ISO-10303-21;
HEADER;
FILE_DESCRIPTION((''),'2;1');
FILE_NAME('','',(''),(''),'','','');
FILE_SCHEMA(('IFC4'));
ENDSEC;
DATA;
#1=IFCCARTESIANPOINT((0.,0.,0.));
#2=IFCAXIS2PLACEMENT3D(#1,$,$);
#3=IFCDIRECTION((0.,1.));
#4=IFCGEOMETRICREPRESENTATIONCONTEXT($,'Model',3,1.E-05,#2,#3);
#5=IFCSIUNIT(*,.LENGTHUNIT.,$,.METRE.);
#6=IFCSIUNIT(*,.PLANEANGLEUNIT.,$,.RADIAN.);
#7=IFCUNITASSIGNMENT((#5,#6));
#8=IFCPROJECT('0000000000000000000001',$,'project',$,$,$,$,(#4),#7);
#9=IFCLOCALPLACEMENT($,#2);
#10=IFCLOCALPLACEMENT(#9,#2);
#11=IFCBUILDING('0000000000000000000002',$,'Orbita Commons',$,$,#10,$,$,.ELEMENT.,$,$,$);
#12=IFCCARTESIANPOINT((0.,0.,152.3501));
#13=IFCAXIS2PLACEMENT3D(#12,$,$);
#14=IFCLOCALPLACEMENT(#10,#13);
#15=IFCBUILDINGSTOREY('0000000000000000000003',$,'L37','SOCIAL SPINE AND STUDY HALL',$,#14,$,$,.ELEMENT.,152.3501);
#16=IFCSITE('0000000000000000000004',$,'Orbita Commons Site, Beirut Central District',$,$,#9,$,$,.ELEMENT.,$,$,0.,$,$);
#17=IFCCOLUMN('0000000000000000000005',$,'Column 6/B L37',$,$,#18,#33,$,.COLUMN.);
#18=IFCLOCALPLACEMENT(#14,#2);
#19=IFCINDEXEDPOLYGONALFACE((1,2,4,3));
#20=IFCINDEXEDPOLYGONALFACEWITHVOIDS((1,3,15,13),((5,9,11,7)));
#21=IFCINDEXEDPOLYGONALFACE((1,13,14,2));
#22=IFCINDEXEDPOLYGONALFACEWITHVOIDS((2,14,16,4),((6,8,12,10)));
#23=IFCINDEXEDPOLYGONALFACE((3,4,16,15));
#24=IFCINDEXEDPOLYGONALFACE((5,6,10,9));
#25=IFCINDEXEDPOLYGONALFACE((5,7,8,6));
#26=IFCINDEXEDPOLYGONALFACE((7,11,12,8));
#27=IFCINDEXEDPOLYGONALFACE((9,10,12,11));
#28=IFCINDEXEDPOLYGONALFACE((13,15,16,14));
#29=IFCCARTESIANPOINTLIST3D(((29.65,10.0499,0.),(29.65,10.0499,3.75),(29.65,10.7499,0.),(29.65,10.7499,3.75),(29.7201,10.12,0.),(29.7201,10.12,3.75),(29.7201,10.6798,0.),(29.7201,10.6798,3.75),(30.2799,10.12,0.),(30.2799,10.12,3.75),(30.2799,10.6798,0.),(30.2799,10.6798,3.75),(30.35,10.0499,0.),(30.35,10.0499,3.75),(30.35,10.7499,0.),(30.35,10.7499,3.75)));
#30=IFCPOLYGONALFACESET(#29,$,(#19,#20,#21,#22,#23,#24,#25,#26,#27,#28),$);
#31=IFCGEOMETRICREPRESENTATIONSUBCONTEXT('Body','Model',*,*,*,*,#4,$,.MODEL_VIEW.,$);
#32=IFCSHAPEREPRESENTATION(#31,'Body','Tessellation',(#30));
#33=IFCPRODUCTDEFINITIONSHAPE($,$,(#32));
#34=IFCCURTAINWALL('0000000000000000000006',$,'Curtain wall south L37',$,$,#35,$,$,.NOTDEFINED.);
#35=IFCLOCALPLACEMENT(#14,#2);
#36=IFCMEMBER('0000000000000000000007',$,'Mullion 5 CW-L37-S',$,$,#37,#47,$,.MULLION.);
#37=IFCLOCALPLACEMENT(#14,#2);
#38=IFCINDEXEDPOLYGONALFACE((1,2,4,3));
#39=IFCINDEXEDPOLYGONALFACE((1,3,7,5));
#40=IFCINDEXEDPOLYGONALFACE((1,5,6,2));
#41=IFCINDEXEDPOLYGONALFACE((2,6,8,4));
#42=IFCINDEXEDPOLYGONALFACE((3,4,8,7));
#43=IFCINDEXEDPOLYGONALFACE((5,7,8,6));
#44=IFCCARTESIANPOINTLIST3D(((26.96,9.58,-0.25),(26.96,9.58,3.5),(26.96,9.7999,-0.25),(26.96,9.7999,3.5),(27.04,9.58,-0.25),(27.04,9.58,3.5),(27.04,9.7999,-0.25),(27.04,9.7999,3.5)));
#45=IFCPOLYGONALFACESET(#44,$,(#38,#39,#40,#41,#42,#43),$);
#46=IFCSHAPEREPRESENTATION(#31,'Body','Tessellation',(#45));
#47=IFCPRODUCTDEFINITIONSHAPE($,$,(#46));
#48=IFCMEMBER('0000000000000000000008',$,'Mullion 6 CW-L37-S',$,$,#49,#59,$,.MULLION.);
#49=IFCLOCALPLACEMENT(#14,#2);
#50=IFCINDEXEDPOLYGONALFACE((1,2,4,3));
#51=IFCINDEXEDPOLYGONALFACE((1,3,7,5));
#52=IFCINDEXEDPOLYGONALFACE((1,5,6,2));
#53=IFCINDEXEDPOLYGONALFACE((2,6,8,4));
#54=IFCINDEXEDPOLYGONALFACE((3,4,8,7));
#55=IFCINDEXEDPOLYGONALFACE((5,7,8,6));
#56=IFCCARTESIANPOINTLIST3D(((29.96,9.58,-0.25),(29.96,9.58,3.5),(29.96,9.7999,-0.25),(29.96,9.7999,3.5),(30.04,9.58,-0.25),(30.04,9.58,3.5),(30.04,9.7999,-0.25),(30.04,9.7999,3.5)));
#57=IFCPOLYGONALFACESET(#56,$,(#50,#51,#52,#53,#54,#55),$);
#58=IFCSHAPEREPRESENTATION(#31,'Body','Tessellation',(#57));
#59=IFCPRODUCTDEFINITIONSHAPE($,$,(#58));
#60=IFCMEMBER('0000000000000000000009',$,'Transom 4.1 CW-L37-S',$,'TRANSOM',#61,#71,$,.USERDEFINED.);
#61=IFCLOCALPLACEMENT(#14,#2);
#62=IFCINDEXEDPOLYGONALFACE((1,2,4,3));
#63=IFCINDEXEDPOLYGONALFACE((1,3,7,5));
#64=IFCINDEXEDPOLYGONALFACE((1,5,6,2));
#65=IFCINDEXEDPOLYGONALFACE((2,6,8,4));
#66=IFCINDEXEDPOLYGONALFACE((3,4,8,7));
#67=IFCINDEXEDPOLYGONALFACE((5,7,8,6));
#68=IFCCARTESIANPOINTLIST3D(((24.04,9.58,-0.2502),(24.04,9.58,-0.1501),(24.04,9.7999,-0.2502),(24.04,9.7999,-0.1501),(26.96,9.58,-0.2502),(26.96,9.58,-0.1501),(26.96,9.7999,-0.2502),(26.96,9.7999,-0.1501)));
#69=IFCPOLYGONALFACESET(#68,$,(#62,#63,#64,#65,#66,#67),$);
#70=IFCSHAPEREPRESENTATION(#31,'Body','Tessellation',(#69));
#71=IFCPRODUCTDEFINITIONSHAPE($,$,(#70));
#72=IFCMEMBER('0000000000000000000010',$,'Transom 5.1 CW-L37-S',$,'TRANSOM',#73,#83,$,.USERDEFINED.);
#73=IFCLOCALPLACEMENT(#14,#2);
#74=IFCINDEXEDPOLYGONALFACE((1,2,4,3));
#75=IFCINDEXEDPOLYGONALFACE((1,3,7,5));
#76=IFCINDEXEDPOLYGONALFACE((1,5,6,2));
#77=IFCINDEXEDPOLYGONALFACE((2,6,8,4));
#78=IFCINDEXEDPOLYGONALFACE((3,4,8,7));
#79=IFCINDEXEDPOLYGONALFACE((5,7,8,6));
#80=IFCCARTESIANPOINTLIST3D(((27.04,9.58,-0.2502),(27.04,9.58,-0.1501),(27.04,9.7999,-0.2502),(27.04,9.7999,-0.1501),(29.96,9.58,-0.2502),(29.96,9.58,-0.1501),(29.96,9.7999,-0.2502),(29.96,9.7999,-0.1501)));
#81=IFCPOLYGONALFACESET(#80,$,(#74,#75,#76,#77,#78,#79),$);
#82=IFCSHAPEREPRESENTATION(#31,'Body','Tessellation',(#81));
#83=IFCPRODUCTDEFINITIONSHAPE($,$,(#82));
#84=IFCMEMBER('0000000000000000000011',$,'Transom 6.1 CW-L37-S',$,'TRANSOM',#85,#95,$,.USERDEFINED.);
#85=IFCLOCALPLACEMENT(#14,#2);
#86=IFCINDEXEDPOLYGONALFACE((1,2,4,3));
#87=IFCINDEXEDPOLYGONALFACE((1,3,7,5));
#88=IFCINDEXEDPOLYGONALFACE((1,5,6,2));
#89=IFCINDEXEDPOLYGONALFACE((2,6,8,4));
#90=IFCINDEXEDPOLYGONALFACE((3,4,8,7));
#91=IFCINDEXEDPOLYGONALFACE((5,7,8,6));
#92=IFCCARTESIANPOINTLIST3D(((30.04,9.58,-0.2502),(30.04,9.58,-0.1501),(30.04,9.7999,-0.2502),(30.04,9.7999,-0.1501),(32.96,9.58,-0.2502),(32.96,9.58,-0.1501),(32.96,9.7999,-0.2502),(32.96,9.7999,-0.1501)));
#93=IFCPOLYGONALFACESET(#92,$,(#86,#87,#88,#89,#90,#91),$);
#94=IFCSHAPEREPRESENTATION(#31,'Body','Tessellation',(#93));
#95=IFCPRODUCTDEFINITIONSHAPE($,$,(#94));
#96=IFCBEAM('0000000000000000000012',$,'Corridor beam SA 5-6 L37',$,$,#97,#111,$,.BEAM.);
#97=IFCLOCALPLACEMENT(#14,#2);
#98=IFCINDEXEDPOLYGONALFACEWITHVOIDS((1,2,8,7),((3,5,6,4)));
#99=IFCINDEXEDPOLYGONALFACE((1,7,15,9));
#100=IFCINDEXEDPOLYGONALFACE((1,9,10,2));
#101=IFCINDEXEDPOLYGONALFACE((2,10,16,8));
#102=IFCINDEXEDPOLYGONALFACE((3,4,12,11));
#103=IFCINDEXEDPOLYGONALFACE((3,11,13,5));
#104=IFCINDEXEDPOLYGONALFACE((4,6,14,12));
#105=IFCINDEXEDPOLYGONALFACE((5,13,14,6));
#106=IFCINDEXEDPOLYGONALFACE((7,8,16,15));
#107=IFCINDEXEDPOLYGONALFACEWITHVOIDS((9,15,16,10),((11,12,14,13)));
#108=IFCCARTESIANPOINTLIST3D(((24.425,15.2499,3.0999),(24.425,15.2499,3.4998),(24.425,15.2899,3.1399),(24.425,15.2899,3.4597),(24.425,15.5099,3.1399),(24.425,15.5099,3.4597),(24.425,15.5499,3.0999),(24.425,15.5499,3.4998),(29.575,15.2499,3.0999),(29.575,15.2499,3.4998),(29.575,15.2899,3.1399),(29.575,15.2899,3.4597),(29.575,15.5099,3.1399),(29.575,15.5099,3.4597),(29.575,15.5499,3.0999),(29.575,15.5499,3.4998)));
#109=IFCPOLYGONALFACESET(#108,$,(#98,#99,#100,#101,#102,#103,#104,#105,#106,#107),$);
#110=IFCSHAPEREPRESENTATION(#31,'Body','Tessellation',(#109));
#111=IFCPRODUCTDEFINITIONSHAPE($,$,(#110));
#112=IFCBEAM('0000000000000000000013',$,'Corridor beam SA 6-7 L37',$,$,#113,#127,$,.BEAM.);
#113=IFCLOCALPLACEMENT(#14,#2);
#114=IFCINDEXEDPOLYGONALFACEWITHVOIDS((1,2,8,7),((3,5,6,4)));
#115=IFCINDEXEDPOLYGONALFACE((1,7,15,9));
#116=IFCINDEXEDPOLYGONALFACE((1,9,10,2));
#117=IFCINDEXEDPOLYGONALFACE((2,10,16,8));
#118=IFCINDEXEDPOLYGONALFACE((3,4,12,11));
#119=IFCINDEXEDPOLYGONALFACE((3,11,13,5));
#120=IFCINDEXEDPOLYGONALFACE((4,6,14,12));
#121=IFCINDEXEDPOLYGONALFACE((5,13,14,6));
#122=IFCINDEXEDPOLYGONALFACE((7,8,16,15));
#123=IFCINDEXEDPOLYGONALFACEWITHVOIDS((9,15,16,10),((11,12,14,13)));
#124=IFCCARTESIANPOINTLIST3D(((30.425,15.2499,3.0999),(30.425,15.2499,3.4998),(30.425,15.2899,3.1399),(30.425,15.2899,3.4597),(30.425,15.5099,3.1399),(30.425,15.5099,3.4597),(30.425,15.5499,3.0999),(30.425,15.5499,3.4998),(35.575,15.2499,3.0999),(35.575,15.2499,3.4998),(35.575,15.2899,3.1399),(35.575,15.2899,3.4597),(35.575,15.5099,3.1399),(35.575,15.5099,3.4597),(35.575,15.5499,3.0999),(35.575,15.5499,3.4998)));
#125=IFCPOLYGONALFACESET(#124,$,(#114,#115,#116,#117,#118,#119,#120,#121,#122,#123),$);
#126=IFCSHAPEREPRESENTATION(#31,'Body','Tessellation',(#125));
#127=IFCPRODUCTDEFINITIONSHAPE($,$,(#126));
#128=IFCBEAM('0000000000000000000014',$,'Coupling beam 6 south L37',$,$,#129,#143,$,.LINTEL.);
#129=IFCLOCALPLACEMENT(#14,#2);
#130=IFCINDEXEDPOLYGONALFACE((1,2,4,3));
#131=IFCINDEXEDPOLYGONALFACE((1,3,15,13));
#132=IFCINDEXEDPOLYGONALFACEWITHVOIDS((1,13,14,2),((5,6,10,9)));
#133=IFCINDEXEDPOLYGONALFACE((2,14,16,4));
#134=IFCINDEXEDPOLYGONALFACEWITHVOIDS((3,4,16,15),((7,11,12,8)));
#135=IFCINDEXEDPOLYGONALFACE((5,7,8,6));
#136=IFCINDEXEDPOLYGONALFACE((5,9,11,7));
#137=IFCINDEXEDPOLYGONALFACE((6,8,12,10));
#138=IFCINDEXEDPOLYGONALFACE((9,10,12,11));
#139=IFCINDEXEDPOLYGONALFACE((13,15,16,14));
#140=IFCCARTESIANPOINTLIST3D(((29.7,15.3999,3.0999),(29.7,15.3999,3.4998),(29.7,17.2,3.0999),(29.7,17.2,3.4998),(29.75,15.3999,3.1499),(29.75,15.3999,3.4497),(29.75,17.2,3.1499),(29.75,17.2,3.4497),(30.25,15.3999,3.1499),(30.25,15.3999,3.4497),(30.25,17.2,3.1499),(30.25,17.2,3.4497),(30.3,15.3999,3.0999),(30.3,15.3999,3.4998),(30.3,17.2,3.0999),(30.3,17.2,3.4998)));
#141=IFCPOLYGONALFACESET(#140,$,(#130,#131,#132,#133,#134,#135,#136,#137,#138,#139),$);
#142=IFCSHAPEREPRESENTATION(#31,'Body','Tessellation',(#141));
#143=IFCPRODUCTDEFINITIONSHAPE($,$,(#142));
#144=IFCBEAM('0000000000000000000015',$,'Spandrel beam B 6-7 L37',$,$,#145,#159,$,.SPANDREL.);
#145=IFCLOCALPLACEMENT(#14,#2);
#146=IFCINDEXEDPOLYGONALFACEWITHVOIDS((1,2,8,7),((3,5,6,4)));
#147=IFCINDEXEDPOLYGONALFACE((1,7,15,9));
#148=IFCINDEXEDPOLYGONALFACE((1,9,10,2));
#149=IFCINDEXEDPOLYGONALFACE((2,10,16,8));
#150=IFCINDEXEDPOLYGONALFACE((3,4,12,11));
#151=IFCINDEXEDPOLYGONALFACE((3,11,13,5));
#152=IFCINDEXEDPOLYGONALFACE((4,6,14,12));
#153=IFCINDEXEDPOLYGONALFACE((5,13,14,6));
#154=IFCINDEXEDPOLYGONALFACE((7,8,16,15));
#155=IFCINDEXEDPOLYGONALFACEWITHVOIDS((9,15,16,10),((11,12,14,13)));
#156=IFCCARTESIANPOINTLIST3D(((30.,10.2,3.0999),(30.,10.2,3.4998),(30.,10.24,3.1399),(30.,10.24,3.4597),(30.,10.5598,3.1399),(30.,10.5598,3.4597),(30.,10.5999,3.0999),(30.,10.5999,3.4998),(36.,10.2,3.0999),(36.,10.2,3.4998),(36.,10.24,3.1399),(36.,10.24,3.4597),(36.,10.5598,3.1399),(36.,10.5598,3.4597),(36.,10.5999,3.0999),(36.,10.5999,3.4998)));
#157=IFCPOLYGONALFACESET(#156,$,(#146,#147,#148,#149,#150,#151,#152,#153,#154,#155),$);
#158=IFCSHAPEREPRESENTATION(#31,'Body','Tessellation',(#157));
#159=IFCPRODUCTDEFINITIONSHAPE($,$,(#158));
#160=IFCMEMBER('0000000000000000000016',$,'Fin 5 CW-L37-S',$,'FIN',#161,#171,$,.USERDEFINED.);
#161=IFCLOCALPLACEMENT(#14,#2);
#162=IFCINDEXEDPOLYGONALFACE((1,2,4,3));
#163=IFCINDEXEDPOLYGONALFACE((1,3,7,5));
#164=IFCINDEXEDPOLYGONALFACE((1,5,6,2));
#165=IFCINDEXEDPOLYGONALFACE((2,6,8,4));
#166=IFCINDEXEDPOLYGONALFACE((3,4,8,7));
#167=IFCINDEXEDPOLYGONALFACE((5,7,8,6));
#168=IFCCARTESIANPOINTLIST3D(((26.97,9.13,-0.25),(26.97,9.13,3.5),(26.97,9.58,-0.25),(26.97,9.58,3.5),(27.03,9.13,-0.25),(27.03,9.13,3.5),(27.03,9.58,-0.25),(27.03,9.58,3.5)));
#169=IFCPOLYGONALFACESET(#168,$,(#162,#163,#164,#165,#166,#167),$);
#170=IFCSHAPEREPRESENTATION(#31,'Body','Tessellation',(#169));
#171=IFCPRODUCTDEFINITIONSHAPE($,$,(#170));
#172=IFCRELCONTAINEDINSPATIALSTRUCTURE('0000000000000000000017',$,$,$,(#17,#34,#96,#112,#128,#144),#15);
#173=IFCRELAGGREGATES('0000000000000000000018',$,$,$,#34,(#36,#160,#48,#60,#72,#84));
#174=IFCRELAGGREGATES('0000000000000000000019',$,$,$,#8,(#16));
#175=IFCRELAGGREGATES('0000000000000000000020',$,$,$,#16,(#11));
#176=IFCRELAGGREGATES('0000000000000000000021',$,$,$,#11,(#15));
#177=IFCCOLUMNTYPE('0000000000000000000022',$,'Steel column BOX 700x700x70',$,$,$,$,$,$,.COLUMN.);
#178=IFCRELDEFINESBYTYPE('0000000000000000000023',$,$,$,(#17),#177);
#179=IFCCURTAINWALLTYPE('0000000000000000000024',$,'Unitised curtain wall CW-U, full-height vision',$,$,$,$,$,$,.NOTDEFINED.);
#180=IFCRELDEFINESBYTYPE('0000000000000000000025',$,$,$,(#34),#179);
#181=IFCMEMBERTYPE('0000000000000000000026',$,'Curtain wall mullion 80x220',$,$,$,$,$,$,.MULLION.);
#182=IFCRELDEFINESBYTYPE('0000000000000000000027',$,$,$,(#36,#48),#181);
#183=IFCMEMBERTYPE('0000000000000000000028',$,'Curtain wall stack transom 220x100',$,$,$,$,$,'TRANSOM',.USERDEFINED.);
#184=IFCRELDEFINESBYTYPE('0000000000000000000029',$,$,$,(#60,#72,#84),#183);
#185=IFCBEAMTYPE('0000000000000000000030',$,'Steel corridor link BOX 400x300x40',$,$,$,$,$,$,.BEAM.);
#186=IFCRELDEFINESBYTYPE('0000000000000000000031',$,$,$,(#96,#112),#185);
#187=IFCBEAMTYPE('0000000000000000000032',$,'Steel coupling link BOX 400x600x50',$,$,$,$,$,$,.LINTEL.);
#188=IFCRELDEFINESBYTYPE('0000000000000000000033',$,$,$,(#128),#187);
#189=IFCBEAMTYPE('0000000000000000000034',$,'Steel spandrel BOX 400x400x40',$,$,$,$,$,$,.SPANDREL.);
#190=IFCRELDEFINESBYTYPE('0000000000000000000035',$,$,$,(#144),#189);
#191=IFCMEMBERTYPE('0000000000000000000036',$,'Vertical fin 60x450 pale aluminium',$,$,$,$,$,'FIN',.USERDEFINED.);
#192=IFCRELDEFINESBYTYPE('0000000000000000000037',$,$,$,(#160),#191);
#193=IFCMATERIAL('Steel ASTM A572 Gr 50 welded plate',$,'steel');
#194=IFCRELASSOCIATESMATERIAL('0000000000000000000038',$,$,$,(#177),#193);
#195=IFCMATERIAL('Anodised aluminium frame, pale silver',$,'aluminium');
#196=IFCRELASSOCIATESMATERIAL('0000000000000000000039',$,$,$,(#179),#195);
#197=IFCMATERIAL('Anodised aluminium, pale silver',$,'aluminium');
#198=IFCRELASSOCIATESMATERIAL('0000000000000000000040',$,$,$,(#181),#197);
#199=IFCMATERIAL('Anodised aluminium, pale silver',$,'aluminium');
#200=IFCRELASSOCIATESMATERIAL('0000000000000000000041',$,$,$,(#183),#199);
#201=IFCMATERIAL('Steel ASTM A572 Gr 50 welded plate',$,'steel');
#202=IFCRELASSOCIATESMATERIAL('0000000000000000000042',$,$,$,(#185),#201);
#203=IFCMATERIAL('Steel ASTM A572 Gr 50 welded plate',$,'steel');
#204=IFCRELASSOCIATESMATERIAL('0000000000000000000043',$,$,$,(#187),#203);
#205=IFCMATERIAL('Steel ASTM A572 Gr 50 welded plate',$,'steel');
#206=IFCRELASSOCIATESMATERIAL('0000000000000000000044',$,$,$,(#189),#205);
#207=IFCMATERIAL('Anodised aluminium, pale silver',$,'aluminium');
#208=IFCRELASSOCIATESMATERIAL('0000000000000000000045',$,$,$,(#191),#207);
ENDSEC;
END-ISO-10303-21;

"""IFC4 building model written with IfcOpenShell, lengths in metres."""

from ifc_helpers import new_model, si_unit, direction, frame, origin, origin_2d, place, context, subcontext, project, spatial, rectangle, hollow_rectangle, extrude, material, material_profile, profile_set, type_object, element, aggregate, save


model = new_model("IFC4")

# Units and contexts
model_context = context("Model", 3, precision=1e-05, world=origin(), true_north=direction((0.0, 1.0)))
body_context = subcontext(model_context, "Body", "Model", "MODEL_VIEW")
ifc_project = project(units=[si_unit("LENGTHUNIT", "METRE"), si_unit("PLANEANGLEUNIT", "RADIAN")], contexts=[model_context])

# Site, building, storey
site_placement = place(None, origin())
site = spatial("IfcSite", under=ifc_project, at=site_placement, Name="Orbita Commons Site, Beirut Central District", CompositionType="ELEMENT", RefElevation=0.0)
building_placement = place(site_placement, origin())
building = spatial("IfcBuilding", under=site, at=building_placement, Name="Orbita Commons", CompositionType="ELEMENT")
storey_placement = place(building_placement, frame((0.0, 0.0, 152.3501)))
storey = spatial("IfcBuildingStorey", under=building, at=storey_placement, Name="L37", Description="SOCIAL SPINE AND STUDY HALL", CompositionType="ELEMENT", Elevation=152.3501)

# Column
ifc_material_1 = material(Name="Steel ASTM A572 Gr 50 welded plate", Category="steel")
ifc_material_profile_1 = material_profile(ifc_material_1, hollow_rectangle(XDim=0.7, YDim=0.7, WallThickness=0.0701, at=origin_2d()), Name="BOX 700x700x70")
ifc_profile_set_1 = profile_set([ifc_material_profile_1], Name="Steel ASTM A572 Gr 50 welded plate")
column_type = type_object("IfcColumnType", Name="Steel column BOX 700x700x70", PredefinedType="COLUMN", material=ifc_profile_set_1)
column_placement = place(storey_placement, frame((30.0, 10.3999, 0.0), z_axis=(0.0, 0.0, 1.0), x_axis=(1.0, 0.0, 0.0)))
element("IfcColumn", 1, at=column_placement, inside=storey, type_object=column_type, Name="Column 6/B L37", PredefinedType="COLUMN", context=body_context, shape_type="SweptSolid", body=[
    extrude(hollow_rectangle(XDim=0.7, YDim=0.7, WallThickness=0.0701, at=origin_2d()), origin(), (0.0, 0.0, 1.0), 3.75),
])

# Curtain wall, members
ifc_material_2 = material(Name="Anodised aluminium frame, pale silver", Category="aluminium")
curtain_wall_type = type_object("IfcCurtainWallType", Name="Unitised curtain wall CW-U, full-height vision", PredefinedType="NOTDEFINED", material=ifc_material_2)
curtain_wall_placement = place(storey_placement, origin())
curtain_wall = element("IfcCurtainWall", 2, at=curtain_wall_placement, inside=storey, type_object=curtain_wall_type, Name="Curtain wall south L37", PredefinedType="NOTDEFINED")
ifc_material_3 = material(Name="Anodised aluminium, pale silver", Category="aluminium")
ifc_material_profile_2 = material_profile(ifc_material_3, rectangle(XDim=0.0801, YDim=0.22, at=origin_2d()), Name="AL 80x220")
ifc_profile_set_2 = profile_set([ifc_material_profile_2], Name="Anodised aluminium, pale silver")
member_type_1 = type_object("IfcMemberType", Name="Curtain wall mullion 80x220", PredefinedType="MULLION", material=ifc_profile_set_2)
member_1_placement = place(storey_placement, frame((27.0, 9.6899, -0.25), z_axis=(0.0, 0.0, 1.0), x_axis=(1.0, 0.0, 0.0)))
member_1 = element("IfcMember", 3, at=member_1_placement, type_object=member_type_1, Name="Mullion 5 CW-L37-S", PredefinedType="MULLION", context=body_context, shape_type="SweptSolid", body=[
    extrude(rectangle(XDim=0.0801, YDim=0.22, at=origin_2d()), origin(), (0.0, 0.0, 1.0), 3.75),
])
member_2_placement = place(storey_placement, frame((30.0, 9.6899, -0.25), z_axis=(0.0, 0.0, 1.0), x_axis=(1.0, 0.0, 0.0)))
member_2 = element("IfcMember", 4, at=member_2_placement, type_object=member_type_1, Name="Mullion 6 CW-L37-S", PredefinedType="MULLION", context=body_context, shape_type="SweptSolid", body=[
    extrude(rectangle(XDim=0.0801, YDim=0.22, at=origin_2d()), origin(), (0.0, 0.0, 1.0), 3.75),
])
ifc_material_4 = material(Name="Anodised aluminium, pale silver", Category="aluminium")
ifc_material_profile_3 = material_profile(ifc_material_4, rectangle(XDim=0.22, YDim=0.1001, at=origin_2d()), Name="AL 220x100")
ifc_profile_set_3 = profile_set([ifc_material_profile_3], Name="Anodised aluminium, pale silver")
member_type_2 = type_object("IfcMemberType", Name="Curtain wall stack transom 220x100", ElementType="TRANSOM", PredefinedType="USERDEFINED", material=ifc_profile_set_3)
member_3_placement = place(storey_placement, frame((24.04, 9.6899, -0.2002), z_axis=(1.0, 0.0, 0.0), x_axis=(0.0, 1.0, 0.0)))
member_3 = element("IfcMember", 5, at=member_3_placement, type_object=member_type_2, Name="Transom 4.1 CW-L37-S", ObjectType="TRANSOM", PredefinedType="USERDEFINED", context=body_context, shape_type="SweptSolid", body=[
    extrude(rectangle(XDim=0.22, YDim=0.1001, at=origin_2d()), origin(), (0.0, 0.0, 1.0), 2.9199),
])
member_4_placement = place(storey_placement, frame((27.04, 9.6899, -0.2002), z_axis=(1.0, 0.0, 0.0), x_axis=(0.0, 1.0, 0.0)))
member_4 = element("IfcMember", 6, at=member_4_placement, type_object=member_type_2, Name="Transom 5.1 CW-L37-S", ObjectType="TRANSOM", PredefinedType="USERDEFINED", context=body_context, shape_type="SweptSolid", body=[
    extrude(rectangle(XDim=0.22, YDim=0.1001, at=origin_2d()), origin(), (0.0, 0.0, 1.0), 2.9199),
])
member_5_placement = place(storey_placement, frame((30.04, 9.6899, -0.2002), z_axis=(1.0, 0.0, 0.0), x_axis=(0.0, 1.0, 0.0)))
member_5 = element("IfcMember", 7, at=member_5_placement, type_object=member_type_2, Name="Transom 6.1 CW-L37-S", ObjectType="TRANSOM", PredefinedType="USERDEFINED", context=body_context, shape_type="SweptSolid", body=[
    extrude(rectangle(XDim=0.22, YDim=0.1001, at=origin_2d()), origin(), (0.0, 0.0, 1.0), 2.9199),
])

# Beams
ifc_material_5 = material(Name="Steel ASTM A572 Gr 50 welded plate", Category="steel")
ifc_material_profile_4 = material_profile(ifc_material_5, hollow_rectangle(XDim=0.3, YDim=0.3999, WallThickness=0.04, at=origin_2d()), Name="BOX 400x300x40")
ifc_profile_set_4 = profile_set([ifc_material_profile_4], Name="Steel ASTM A572 Gr 50 welded plate")
beam_type_1 = type_object("IfcBeamType", Name="Steel corridor link BOX 400x300x40", PredefinedType="BEAM", material=ifc_profile_set_4)
for number, where, z_axis, x_axis, name in (
    (8, (24.425, 15.3999, 3.2998), (1.0, 0.0, 0.0), (0.0, 1.0, 0.0), "Corridor beam SA 5-6 L37"),
    (9, (30.425, 15.3999, 3.2998), (1.0, 0.0, 0.0), (0.0, 1.0, 0.0), "Corridor beam SA 6-7 L37"),
):
    element("IfcBeam", number, at=place(storey_placement, frame(where, z_axis=z_axis, x_axis=x_axis)), inside=storey, type_object=beam_type_1, Name=name, PredefinedType="BEAM", context=body_context, shape_type="SweptSolid", body=[
        extrude(hollow_rectangle(XDim=0.3, YDim=0.3999, WallThickness=0.04, at=origin_2d()), origin(), (0.0, 0.0, 1.0), 5.1499),
    ])
ifc_material_6 = material(Name="Steel ASTM A572 Gr 50 welded plate", Category="steel")
ifc_material_profile_5 = material_profile(ifc_material_6, hollow_rectangle(XDim=0.6001, YDim=0.3999, WallThickness=0.05, at=origin_2d()), Name="BOX 400x600x50")
ifc_profile_set_5 = profile_set([ifc_material_profile_5], Name="Steel ASTM A572 Gr 50 welded plate")
beam_type_2 = type_object("IfcBeamType", Name="Steel coupling link BOX 400x600x50", PredefinedType="LINTEL", material=ifc_profile_set_5)
beam_1_placement = place(storey_placement, frame((30.0, 15.3999, 3.2998), z_axis=(0.0, 1.0, 0.0), x_axis=(-1.0, 0.0, 0.0)))
element("IfcBeam", 10, at=beam_1_placement, inside=storey, type_object=beam_type_2, Name="Coupling beam 6 south L37", PredefinedType="LINTEL", context=body_context, shape_type="SweptSolid", body=[
    extrude(hollow_rectangle(XDim=0.6001, YDim=0.3999, WallThickness=0.05, at=origin_2d()), origin(), (0.0, 0.0, 1.0), 1.8),
])
ifc_material_7 = material(Name="Steel ASTM A572 Gr 50 welded plate", Category="steel")
ifc_material_profile_6 = material_profile(ifc_material_7, hollow_rectangle(XDim=0.3999, YDim=0.3999, WallThickness=0.04, at=origin_2d()), Name="BOX 400x400x40")
ifc_profile_set_6 = profile_set([ifc_material_profile_6], Name="Steel ASTM A572 Gr 50 welded plate")
beam_type_3 = type_object("IfcBeamType", Name="Steel spandrel BOX 400x400x40", PredefinedType="SPANDREL", material=ifc_profile_set_6)
beam_2_placement = place(storey_placement, frame((30.0, 10.3999, 3.2998), z_axis=(1.0, 0.0, 0.0), x_axis=(0.0, 1.0, 0.0)))
element("IfcBeam", 11, at=beam_2_placement, inside=storey, type_object=beam_type_3, Name="Spandrel beam B 6-7 L37", PredefinedType="SPANDREL", context=body_context, shape_type="SweptSolid", body=[
    extrude(hollow_rectangle(XDim=0.3999, YDim=0.3999, WallThickness=0.04, at=origin_2d()), origin(), (0.0, 0.0, 1.0), 6.0),
])

# Member
ifc_material_8 = material(Name="Anodised aluminium, pale silver", Category="aluminium")
ifc_material_profile_7 = material_profile(ifc_material_8, rectangle(XDim=0.0601, YDim=0.45, at=origin_2d()), Name="FIN 60x450")
ifc_profile_set_7 = profile_set([ifc_material_profile_7], Name="Anodised aluminium, pale silver")
member_type_3 = type_object("IfcMemberType", Name="Vertical fin 60x450 pale aluminium", ElementType="FIN", PredefinedType="USERDEFINED", material=ifc_profile_set_7)
member_6_placement = place(storey_placement, frame((27.0, 9.355, -0.25), z_axis=(0.0, 0.0, 1.0), x_axis=(1.0, 0.0, 0.0)))
member_6 = element("IfcMember", 12, at=member_6_placement, type_object=member_type_3, Name="Fin 5 CW-L37-S", ObjectType="FIN", PredefinedType="USERDEFINED", context=body_context, shape_type="SweptSolid", body=[
    extrude(rectangle(XDim=0.0601, YDim=0.45, at=origin_2d()), origin(), (0.0, 0.0, 1.0), 3.75),
])

aggregate(curtain_wall, [member_1, member_6, member_2, member_3, member_4, member_5])

save(model, "model.ifc")
